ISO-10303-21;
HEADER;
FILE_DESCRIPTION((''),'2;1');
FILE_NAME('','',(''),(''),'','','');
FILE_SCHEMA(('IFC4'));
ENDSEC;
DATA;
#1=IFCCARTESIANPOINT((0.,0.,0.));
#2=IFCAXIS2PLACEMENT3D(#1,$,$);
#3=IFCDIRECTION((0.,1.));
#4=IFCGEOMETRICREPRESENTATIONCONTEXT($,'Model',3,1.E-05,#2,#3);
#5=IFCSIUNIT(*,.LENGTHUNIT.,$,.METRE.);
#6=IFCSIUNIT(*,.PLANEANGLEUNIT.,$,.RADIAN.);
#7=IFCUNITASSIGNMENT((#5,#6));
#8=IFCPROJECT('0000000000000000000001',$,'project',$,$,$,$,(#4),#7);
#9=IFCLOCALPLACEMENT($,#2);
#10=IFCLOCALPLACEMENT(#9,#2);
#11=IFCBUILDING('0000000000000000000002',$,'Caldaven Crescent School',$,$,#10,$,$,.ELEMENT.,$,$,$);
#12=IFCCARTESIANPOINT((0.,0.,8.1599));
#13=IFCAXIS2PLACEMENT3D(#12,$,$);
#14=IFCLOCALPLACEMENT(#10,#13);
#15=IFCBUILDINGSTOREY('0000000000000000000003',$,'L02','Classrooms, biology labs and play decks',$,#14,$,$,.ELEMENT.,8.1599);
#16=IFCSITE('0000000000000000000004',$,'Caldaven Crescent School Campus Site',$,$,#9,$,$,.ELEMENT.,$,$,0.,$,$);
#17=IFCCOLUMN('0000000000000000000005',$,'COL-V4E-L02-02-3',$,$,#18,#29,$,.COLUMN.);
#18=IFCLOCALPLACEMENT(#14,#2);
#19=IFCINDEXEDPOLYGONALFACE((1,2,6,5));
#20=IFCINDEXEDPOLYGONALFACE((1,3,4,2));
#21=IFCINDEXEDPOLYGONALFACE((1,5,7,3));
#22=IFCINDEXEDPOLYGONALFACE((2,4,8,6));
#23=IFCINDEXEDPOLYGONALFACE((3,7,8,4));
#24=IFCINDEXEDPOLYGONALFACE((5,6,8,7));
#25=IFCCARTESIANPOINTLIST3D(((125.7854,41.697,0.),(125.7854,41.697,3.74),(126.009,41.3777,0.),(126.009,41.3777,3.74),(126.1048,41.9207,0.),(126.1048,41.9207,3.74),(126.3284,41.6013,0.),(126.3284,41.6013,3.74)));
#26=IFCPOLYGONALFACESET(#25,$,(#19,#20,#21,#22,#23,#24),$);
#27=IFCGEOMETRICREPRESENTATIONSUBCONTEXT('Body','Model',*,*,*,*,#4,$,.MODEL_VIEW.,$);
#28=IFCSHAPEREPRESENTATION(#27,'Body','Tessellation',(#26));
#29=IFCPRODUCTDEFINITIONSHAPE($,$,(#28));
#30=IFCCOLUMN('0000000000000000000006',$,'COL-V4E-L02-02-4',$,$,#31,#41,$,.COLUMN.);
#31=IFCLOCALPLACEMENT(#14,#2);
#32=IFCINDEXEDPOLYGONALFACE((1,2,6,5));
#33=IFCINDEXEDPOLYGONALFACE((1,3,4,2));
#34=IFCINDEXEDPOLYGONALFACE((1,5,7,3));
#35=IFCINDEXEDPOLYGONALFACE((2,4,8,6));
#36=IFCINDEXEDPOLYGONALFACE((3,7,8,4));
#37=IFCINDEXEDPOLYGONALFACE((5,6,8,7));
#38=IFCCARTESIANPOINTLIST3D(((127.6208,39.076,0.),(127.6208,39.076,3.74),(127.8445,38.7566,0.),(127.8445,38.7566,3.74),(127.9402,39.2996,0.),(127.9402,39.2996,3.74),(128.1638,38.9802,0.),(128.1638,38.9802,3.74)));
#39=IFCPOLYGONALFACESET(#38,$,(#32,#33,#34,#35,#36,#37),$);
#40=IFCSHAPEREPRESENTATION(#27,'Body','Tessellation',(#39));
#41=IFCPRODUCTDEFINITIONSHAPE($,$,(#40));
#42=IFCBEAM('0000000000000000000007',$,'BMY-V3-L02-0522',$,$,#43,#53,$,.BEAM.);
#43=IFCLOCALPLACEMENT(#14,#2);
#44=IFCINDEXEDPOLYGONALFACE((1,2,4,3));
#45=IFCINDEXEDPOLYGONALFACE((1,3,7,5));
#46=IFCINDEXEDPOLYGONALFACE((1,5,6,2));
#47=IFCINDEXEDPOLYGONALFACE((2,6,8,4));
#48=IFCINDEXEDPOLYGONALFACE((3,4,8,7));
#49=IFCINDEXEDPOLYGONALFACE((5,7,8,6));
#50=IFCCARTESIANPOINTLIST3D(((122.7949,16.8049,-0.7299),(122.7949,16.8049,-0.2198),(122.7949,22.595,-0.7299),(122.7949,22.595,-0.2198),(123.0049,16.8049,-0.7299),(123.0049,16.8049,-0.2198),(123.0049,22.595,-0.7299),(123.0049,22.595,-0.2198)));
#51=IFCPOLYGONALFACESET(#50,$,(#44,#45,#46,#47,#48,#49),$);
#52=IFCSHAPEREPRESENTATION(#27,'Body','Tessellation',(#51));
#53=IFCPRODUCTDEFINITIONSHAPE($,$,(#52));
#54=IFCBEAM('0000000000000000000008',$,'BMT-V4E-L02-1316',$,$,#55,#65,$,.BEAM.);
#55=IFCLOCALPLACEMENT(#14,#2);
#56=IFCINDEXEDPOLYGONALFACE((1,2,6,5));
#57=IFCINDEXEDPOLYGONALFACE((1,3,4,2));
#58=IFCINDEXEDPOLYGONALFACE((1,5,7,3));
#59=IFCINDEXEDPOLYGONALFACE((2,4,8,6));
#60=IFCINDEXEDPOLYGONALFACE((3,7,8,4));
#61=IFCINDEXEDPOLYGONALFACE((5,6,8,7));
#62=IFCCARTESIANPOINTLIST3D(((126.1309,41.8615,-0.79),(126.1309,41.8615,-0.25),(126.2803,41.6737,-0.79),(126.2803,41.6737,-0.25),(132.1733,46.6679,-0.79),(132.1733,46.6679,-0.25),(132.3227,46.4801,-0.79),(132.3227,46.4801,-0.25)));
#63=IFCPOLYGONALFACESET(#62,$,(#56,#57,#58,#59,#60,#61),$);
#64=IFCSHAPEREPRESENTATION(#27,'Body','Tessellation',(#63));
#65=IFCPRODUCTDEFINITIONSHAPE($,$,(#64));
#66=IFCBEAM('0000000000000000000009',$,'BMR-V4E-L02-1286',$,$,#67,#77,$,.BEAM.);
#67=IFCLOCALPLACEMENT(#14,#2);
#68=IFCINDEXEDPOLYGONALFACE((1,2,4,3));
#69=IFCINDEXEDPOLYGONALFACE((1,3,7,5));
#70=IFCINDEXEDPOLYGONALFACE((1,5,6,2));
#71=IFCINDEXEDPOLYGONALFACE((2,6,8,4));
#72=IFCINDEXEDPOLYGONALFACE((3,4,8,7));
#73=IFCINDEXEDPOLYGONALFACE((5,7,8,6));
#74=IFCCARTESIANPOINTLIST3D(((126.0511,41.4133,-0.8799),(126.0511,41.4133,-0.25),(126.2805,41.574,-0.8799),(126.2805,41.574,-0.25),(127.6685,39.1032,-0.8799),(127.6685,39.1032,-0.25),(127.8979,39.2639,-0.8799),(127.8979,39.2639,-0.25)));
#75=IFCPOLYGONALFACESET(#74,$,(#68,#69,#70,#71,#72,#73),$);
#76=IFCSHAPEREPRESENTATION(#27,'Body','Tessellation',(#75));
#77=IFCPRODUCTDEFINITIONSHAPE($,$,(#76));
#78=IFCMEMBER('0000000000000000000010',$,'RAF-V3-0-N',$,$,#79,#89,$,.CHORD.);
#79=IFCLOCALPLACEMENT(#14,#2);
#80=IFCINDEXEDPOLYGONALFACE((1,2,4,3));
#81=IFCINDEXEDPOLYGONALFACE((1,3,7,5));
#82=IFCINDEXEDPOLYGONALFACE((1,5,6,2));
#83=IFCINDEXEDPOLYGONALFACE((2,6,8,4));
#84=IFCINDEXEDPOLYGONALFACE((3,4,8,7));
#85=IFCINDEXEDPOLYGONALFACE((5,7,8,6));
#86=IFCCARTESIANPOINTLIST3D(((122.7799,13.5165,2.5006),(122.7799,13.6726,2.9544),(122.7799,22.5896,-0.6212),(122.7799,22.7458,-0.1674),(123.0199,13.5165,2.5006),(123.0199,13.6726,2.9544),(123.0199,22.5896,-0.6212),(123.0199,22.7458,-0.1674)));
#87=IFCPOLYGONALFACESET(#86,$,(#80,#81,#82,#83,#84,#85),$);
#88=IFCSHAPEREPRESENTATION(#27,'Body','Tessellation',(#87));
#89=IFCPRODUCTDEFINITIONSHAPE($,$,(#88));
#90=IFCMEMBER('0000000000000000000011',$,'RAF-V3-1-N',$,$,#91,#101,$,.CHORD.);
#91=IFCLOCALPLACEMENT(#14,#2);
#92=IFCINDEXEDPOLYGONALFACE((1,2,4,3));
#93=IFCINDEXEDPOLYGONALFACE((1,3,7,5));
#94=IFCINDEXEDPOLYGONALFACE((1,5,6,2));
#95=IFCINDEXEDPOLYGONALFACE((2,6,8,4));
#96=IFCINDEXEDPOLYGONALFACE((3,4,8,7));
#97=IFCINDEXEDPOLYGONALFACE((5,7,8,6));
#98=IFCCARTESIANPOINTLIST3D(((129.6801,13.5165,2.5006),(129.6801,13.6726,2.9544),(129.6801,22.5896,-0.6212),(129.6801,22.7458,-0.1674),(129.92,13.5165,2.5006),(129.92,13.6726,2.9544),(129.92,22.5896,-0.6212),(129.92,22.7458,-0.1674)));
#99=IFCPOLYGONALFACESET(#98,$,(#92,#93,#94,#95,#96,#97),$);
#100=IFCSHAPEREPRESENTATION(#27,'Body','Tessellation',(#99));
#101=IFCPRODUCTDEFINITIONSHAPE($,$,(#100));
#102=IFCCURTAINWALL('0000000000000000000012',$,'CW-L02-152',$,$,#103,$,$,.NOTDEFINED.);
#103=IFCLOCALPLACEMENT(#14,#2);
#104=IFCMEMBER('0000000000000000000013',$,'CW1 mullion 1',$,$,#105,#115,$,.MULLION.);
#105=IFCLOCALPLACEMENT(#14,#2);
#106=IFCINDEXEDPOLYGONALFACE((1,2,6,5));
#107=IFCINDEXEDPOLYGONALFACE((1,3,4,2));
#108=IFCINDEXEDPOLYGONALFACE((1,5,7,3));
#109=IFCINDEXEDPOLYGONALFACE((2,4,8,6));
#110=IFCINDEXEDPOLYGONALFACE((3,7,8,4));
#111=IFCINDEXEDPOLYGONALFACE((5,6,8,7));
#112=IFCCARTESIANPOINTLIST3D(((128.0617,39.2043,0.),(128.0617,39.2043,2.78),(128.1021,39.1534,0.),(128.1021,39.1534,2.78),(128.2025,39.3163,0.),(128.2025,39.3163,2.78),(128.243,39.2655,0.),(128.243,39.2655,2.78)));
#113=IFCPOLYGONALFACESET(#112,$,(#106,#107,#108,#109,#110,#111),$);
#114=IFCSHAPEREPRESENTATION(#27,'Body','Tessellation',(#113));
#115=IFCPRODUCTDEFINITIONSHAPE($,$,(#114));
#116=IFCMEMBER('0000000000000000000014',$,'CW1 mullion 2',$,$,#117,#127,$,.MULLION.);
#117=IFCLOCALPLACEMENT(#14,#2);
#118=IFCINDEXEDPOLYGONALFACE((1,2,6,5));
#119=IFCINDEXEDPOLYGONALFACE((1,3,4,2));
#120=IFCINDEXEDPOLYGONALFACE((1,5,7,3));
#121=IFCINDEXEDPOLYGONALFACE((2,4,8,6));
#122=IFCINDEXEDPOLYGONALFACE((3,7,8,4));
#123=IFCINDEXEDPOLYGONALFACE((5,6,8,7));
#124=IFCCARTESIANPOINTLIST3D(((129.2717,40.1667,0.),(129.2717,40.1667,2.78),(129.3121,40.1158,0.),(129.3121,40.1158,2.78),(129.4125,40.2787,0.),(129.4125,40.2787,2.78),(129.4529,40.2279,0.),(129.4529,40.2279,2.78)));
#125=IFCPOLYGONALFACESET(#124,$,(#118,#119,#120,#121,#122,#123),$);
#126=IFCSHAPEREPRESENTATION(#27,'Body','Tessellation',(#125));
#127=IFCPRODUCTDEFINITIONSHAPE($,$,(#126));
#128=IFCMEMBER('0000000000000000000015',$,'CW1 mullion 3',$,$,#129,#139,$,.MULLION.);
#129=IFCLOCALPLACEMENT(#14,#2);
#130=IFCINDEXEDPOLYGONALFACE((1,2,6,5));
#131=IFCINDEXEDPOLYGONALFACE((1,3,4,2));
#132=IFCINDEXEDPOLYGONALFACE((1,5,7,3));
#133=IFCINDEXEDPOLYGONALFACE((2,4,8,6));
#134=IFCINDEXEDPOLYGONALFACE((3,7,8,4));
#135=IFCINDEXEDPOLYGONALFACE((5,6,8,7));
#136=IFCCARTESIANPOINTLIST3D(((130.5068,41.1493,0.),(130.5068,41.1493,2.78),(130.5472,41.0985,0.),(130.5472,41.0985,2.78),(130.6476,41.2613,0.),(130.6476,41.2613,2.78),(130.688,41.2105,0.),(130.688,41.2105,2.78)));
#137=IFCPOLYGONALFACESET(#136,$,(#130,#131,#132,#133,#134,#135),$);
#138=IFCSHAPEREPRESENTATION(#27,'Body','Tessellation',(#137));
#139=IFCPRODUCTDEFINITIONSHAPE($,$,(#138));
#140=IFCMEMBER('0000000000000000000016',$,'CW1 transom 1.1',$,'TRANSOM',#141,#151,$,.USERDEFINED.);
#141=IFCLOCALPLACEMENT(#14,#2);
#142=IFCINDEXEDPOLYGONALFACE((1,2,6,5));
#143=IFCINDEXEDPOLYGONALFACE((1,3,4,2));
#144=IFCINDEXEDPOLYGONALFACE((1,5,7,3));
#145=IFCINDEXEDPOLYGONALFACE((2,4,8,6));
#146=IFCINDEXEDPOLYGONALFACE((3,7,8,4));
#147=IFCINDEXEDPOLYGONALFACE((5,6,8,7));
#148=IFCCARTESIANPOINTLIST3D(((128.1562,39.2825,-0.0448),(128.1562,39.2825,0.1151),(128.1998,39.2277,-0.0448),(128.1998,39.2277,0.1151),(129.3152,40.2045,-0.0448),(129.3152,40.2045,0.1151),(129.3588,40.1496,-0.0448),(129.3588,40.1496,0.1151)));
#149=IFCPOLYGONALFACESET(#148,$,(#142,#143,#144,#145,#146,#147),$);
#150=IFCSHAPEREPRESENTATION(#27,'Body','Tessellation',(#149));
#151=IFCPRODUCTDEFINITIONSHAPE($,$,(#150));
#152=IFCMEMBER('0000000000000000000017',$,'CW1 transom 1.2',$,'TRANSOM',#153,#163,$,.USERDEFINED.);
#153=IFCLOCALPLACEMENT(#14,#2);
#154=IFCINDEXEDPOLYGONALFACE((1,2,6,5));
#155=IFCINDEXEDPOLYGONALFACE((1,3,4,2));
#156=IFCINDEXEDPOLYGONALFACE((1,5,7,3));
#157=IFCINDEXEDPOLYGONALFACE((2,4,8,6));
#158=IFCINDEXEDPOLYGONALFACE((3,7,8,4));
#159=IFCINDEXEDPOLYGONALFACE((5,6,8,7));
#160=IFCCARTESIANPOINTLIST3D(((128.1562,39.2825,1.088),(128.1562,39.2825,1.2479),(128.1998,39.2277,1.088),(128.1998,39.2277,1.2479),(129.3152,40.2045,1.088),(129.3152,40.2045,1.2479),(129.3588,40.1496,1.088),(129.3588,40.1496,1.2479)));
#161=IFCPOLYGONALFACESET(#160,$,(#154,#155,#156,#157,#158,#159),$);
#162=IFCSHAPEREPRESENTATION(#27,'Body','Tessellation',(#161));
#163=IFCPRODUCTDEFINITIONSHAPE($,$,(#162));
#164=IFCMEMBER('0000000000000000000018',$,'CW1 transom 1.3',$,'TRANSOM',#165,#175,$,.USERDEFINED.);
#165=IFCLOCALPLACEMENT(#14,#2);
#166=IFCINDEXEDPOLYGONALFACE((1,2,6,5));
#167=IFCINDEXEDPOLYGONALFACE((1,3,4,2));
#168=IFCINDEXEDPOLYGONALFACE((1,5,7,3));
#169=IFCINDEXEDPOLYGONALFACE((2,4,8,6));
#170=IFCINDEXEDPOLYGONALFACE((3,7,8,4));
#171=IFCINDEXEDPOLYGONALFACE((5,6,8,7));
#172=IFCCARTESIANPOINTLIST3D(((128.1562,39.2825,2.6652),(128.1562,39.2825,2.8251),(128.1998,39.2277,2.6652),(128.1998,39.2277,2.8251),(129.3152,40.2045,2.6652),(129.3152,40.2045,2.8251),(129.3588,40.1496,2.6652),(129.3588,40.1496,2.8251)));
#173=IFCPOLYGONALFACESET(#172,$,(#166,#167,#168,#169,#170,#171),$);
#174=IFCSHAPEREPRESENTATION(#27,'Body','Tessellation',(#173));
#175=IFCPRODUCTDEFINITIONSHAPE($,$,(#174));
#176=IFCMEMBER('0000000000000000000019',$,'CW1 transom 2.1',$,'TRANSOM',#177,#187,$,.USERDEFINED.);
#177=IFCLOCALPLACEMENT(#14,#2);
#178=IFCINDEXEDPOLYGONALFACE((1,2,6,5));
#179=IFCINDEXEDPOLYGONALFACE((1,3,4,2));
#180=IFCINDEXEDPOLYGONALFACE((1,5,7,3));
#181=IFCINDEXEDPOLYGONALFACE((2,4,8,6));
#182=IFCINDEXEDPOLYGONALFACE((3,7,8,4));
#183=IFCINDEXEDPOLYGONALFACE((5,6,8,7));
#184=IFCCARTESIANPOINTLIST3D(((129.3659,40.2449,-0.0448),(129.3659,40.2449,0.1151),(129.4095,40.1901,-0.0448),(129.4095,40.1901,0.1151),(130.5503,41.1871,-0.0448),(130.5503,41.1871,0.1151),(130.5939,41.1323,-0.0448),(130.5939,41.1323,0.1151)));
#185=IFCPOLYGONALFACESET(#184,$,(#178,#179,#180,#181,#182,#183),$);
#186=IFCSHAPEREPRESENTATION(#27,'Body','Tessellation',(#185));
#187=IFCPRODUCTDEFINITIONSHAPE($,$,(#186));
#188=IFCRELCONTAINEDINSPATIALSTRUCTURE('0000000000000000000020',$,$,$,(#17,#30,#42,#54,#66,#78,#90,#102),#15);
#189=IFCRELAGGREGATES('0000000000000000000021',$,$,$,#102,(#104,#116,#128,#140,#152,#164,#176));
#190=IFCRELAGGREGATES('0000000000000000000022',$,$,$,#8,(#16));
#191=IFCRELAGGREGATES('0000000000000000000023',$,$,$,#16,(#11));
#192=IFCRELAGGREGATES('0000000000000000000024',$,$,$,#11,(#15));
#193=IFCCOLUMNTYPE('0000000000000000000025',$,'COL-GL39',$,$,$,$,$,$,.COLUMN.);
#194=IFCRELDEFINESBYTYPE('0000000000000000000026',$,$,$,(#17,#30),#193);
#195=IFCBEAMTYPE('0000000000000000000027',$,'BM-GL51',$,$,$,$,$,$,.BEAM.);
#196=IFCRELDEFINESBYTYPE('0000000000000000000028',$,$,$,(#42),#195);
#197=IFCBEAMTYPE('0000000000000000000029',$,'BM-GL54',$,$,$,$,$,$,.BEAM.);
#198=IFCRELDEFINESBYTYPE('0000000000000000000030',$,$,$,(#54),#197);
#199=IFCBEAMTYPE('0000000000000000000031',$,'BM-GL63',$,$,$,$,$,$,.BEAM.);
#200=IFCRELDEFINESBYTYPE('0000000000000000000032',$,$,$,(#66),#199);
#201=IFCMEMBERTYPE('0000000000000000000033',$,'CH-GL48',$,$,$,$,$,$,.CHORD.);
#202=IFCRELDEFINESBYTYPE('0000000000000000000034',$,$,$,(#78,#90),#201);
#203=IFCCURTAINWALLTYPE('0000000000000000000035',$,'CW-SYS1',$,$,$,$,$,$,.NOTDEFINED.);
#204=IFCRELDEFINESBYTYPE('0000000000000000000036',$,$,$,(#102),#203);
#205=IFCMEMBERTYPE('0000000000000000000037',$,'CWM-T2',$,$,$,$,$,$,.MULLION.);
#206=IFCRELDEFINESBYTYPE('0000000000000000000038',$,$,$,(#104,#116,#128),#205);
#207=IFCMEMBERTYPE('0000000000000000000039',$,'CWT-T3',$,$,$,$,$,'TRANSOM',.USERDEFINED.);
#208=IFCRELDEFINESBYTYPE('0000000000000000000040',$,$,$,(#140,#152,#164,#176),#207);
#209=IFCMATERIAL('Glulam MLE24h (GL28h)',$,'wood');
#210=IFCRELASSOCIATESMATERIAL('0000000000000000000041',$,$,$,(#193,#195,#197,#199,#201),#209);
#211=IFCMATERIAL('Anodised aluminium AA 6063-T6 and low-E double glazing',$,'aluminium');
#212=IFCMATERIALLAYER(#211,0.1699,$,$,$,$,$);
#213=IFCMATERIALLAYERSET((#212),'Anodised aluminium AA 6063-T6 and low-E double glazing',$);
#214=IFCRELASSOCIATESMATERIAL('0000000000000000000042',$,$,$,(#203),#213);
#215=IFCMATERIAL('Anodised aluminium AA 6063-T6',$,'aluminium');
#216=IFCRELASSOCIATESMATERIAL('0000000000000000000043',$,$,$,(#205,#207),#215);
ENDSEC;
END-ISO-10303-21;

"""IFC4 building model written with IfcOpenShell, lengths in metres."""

from ifc_helpers import new_model, si_unit, direction, frame, origin, origin_2d, place, context, subcontext, project, spatial, rectangle, extrude, material, layer, layer_set, material_profile, profile_set, type_object, element, aggregate, save


model = new_model("IFC4")

# Units and contexts
model_context = context("Model", 3, precision=1e-05, world=origin(), true_north=direction((0.0, 1.0)))
body_context = subcontext(model_context, "Body", "Model", "MODEL_VIEW")
ifc_project = project(units=[si_unit("LENGTHUNIT", "METRE"), si_unit("PLANEANGLEUNIT", "RADIAN")], contexts=[model_context])

# Site, building, storey
site_placement = place(None, origin())
site = spatial("IfcSite", under=ifc_project, at=site_placement, Name="Caldaven Crescent School Campus Site", CompositionType="ELEMENT", RefElevation=0.0)
building_placement = place(site_placement, origin())
building = spatial("IfcBuilding", under=site, at=building_placement, Name="Caldaven Crescent School", CompositionType="ELEMENT")
storey_placement = place(building_placement, frame((0.0, 0.0, 8.1599)))
storey = spatial("IfcBuildingStorey", under=building, at=storey_placement, Name="L02", Description="Classrooms, biology labs and play decks", CompositionType="ELEMENT", Elevation=8.1599)

# Columns
ifc_material_1 = material(Name="Glulam MLE24h (GL28h)", Category="wood")
ifc_material_profile_1 = material_profile(ifc_material_1, rectangle(XDim=0.3899, YDim=0.3899, at=origin_2d()), Name="MLE 390x390")
ifc_profile_set_1 = profile_set([ifc_material_profile_1], Name="Glulam MLE24h (GL28h)")
column_type = type_object("IfcColumnType", Name="COL-GL39", PredefinedType="COLUMN", material=ifc_profile_set_1)
for number, where, z_axis, x_axis, name in (
    (1, (126.0569, 41.6492, 0.0), (0.0, 0.0, 1.0), (0.573576, -0.819152, 0.0), "COL-V4E-L02-02-3"),
    (2, (127.8923, 39.0281, 0.0), (0.0, 0.0, 1.0), (0.573576, -0.819152, 0.0), "COL-V4E-L02-02-4"),
):
    element("IfcColumn", number, at=place(storey_placement, frame(where, z_axis=z_axis, x_axis=x_axis)), inside=storey, type_object=column_type, Name=name, PredefinedType="COLUMN", context=body_context, shape_type="SweptSolid", body=[
        extrude(rectangle(XDim=0.3899, YDim=0.3899, at=origin_2d()), origin(), (0.0, 0.0, 1.0), 3.74),
    ])

# Beams
ifc_material_profile_2 = material_profile(ifc_material_1, rectangle(XDim=0.21, YDim=0.51, at=origin_2d()), Name="MLE 210x510")
ifc_profile_set_2 = profile_set([ifc_material_profile_2], Name="Glulam MLE24h (GL28h)")
beam_type_1 = type_object("IfcBeamType", Name="BM-GL51", PredefinedType="BEAM", material=ifc_profile_set_2)
beam_1_placement = place(storey_placement, frame((122.8999, 16.8049, -0.4749), z_axis=(0.0, 1.0, 0.0), x_axis=(-1.0, 0.0, 0.0)))
element("IfcBeam", 3, at=beam_1_placement, inside=storey, type_object=beam_type_1, Name="BMY-V3-L02-0522", PredefinedType="BEAM", context=body_context, shape_type="SweptSolid", body=[
    extrude(rectangle(XDim=0.21, YDim=0.51, at=origin_2d()), origin(), (0.0, 0.0, 1.0), 5.79),
])
ifc_material_profile_3 = material_profile(ifc_material_1, rectangle(XDim=0.24, YDim=0.54, at=origin_2d()), Name="MLE 240x540")
ifc_profile_set_3 = profile_set([ifc_material_profile_3], Name="Glulam MLE24h (GL28h)")
beam_type_2 = type_object("IfcBeamType", Name="BM-GL54", PredefinedType="BEAM", material=ifc_profile_set_3)
beam_2_placement = place(storey_placement, frame((126.2056, 41.7676, -0.52), z_axis=(0.782609, 0.622514, 0.0), x_axis=(-0.622514, 0.782609, 0.0)))
element("IfcBeam", 4, at=beam_2_placement, inside=storey, type_object=beam_type_2, Name="BMT-V4E-L02-1316", PredefinedType="BEAM", context=body_context, shape_type="SweptSolid", body=[
    extrude(rectangle(XDim=0.24, YDim=0.54, at=origin_2d()), origin(), (0.0, 0.0, 1.0), 7.7209),
])
ifc_material_profile_4 = material_profile(ifc_material_1, rectangle(XDim=0.28, YDim=0.6299, at=origin_2d()), Name="MLE 280x630")
ifc_profile_set_4 = profile_set([ifc_material_profile_4], Name="Glulam MLE24h (GL28h)")
beam_type_3 = type_object("IfcBeamType", Name="BM-GL63", PredefinedType="BEAM", material=ifc_profile_set_4)
beam_3_placement = place(storey_placement, frame((126.1658, 41.4937, -0.5649), z_axis=(0.573555, -0.819167, 0.0), x_axis=(0.819167, 0.573555, 0.0)))
element("IfcBeam", 5, at=beam_3_placement, inside=storey, type_object=beam_type_3, Name="BMR-V4E-L02-1286", PredefinedType="BEAM", context=body_context, shape_type="SweptSolid", body=[
    extrude(rectangle(XDim=0.28, YDim=0.6299, at=origin_2d()), origin(), (0.0, 0.0, 1.0), 2.8201),
])

# Members
ifc_material_profile_5 = material_profile(ifc_material_1, rectangle(XDim=0.24, YDim=0.48, at=origin_2d()), Name="MLE 240x480")
ifc_profile_set_5 = profile_set([ifc_material_profile_5], Name="Glulam MLE24h (GL28h)")
member_type_1 = type_object("IfcMemberType", Name="CH-GL48", PredefinedType="CHORD", material=ifc_profile_set_5)
for number, where, z_axis, x_axis, name in (
    (6, (122.8999, 22.6677, -0.3943), (0.0, -0.945594, 0.32535), (1.0, 0.0, 0.0), "RAF-V3-0-N"),
    (7, (129.8, 22.6677, -0.3943), (0.0, -0.945594, 0.32535), (1.0, 0.0, 0.0), "RAF-V3-1-N"),
):
    element("IfcMember", number, at=place(storey_placement, frame(where, z_axis=z_axis, x_axis=x_axis)), inside=storey, type_object=member_type_1, Name=name, PredefinedType="CHORD", context=body_context, shape_type="SweptSolid", body=[
        extrude(rectangle(XDim=0.24, YDim=0.48, at=origin_2d()), origin(), (0.0, 0.0, 1.0), 9.5952),
    ])

# Curtain wall, members
ifc_material_2 = material(Name="Anodised aluminium AA 6063-T6 and low-E double glazing", Category="aluminium")
ifc_layer_1 = layer(ifc_material_2, 0.1699)
ifc_layer_set_1 = layer_set([ifc_layer_1], Name="Anodised aluminium AA 6063-T6 and low-E double glazing")
curtain_wall_type = type_object("IfcCurtainWallType", Name="CW-SYS1", PredefinedType="NOTDEFINED", material=ifc_layer_set_1)
curtain_wall_placement = place(storey_placement, origin())
curtain_wall = element("IfcCurtainWall", 8, at=curtain_wall_placement, inside=storey, type_object=curtain_wall_type, Name="CW-L02-152", PredefinedType="NOTDEFINED")
ifc_material_3 = material(Name="Anodised aluminium AA 6063-T6", Category="aluminium")
ifc_material_profile_6 = material_profile(ifc_material_3, rectangle(XDim=0.0649, YDim=0.1799, at=origin_2d()), Name="CWM 65x180")
ifc_profile_set_6 = profile_set([ifc_material_profile_6], Name="Anodised aluminium AA 6063-T6")
member_type_2 = type_object("IfcMemberType", Name="CWM-T2", PredefinedType="MULLION", material=ifc_profile_set_6)
member_1_placement = place(storey_placement, frame((128.1523, 39.2349, 0.0), z_axis=(0.0, 0.0, 1.0), x_axis=(-0.622514, 0.782608, 0.0)))
member_1 = element("IfcMember", 9, at=member_1_placement, type_object=member_type_2, Name="CW1 mullion 1", PredefinedType="MULLION", context=body_context, shape_type="SweptSolid", body=[
    extrude(rectangle(XDim=0.0649, YDim=0.1799, at=origin_2d()), origin(), (0.0, 0.0, 1.0), 2.78),
])
member_2_placement = place(storey_placement, frame((129.3623, 40.1973, 0.0), z_axis=(0.0, 0.0, 1.0), x_axis=(-0.622514, 0.782608, 0.0)))
member_2 = element("IfcMember", 10, at=member_2_placement, type_object=member_type_2, Name="CW1 mullion 2", PredefinedType="MULLION", context=body_context, shape_type="SweptSolid", body=[
    extrude(rectangle(XDim=0.0649, YDim=0.1799, at=origin_2d()), origin(), (0.0, 0.0, 1.0), 2.78),
])
member_3_placement = place(storey_placement, frame((130.5974, 41.1799, 0.0), z_axis=(0.0, 0.0, 1.0), x_axis=(-0.622514, 0.782608, 0.0)))
member_3 = element("IfcMember", 11, at=member_3_placement, type_object=member_type_2, Name="CW1 mullion 3", PredefinedType="MULLION", context=body_context, shape_type="SweptSolid", body=[
    extrude(rectangle(XDim=0.0649, YDim=0.1799, at=origin_2d()), origin(), (0.0, 0.0, 1.0), 2.78),
])
ifc_material_profile_7 = material_profile(ifc_material_3, rectangle(XDim=0.0701, YDim=0.1599, at=origin_2d()), Name="CWT 70x160")
ifc_profile_set_7 = profile_set([ifc_material_profile_7], Name="Anodised aluminium AA 6063-T6")
member_type_3 = type_object("IfcMemberType", Name="CWT-T3", ElementType="TRANSOM", PredefinedType="USERDEFINED", material=ifc_profile_set_7)
member_4_placement = place(storey_placement, frame((128.178, 39.2551, 0.0352), z_axis=(0.782603, 0.622521, 0.0), x_axis=(-0.622521, 0.782603, 0.0)))
member_4 = element("IfcMember", 12, at=member_4_placement, type_object=member_type_3, Name="CW1 transom 1.1", ObjectType="TRANSOM", PredefinedType="USERDEFINED", context=body_context, shape_type="SweptSolid", body=[
    extrude(rectangle(XDim=0.0701, YDim=0.1599, at=origin_2d()), origin(), (0.0, 0.0, 1.0), 1.481),
])
member_5_placement = place(storey_placement, frame((128.178, 39.2551, 1.168), z_axis=(0.782603, 0.622521, 0.0), x_axis=(-0.622521, 0.782603, 0.0)))
member_5 = element("IfcMember", 13, at=member_5_placement, type_object=member_type_3, Name="CW1 transom 1.2", ObjectType="TRANSOM", PredefinedType="USERDEFINED", context=body_context, shape_type="SweptSolid", body=[
    extrude(rectangle(XDim=0.0701, YDim=0.1599, at=origin_2d()), origin(), (0.0, 0.0, 1.0), 1.481),
])
member_6_placement = place(storey_placement, frame((128.178, 39.2551, 2.7451), z_axis=(0.782603, 0.622521, 0.0), x_axis=(-0.622521, 0.782603, 0.0)))
member_6 = element("IfcMember", 14, at=member_6_placement, type_object=member_type_3, Name="CW1 transom 1.3", ObjectType="TRANSOM", PredefinedType="USERDEFINED", context=body_context, shape_type="SweptSolid", body=[
    extrude(rectangle(XDim=0.0701, YDim=0.1599, at=origin_2d()), origin(), (0.0, 0.0, 1.0), 1.481),
])
member_7_placement = place(storey_placement, frame((129.3877, 40.2175, 0.0352), z_axis=(0.782581, 0.622548, 0.0), x_axis=(-0.622548, 0.782581, 0.0)))
member_7 = element("IfcMember", 15, at=member_7_placement, type_object=member_type_3, Name="CW1 transom 2.1", ObjectType="TRANSOM", PredefinedType="USERDEFINED", context=body_context, shape_type="SweptSolid", body=[
    extrude(rectangle(XDim=0.0701, YDim=0.1599, at=origin_2d()), origin(), (0.0, 0.0, 1.0), 1.5134),
])

aggregate(curtain_wall, [member_1, member_2, member_3, member_4, member_5, member_6, member_7])

save(model, "model.ifc")
